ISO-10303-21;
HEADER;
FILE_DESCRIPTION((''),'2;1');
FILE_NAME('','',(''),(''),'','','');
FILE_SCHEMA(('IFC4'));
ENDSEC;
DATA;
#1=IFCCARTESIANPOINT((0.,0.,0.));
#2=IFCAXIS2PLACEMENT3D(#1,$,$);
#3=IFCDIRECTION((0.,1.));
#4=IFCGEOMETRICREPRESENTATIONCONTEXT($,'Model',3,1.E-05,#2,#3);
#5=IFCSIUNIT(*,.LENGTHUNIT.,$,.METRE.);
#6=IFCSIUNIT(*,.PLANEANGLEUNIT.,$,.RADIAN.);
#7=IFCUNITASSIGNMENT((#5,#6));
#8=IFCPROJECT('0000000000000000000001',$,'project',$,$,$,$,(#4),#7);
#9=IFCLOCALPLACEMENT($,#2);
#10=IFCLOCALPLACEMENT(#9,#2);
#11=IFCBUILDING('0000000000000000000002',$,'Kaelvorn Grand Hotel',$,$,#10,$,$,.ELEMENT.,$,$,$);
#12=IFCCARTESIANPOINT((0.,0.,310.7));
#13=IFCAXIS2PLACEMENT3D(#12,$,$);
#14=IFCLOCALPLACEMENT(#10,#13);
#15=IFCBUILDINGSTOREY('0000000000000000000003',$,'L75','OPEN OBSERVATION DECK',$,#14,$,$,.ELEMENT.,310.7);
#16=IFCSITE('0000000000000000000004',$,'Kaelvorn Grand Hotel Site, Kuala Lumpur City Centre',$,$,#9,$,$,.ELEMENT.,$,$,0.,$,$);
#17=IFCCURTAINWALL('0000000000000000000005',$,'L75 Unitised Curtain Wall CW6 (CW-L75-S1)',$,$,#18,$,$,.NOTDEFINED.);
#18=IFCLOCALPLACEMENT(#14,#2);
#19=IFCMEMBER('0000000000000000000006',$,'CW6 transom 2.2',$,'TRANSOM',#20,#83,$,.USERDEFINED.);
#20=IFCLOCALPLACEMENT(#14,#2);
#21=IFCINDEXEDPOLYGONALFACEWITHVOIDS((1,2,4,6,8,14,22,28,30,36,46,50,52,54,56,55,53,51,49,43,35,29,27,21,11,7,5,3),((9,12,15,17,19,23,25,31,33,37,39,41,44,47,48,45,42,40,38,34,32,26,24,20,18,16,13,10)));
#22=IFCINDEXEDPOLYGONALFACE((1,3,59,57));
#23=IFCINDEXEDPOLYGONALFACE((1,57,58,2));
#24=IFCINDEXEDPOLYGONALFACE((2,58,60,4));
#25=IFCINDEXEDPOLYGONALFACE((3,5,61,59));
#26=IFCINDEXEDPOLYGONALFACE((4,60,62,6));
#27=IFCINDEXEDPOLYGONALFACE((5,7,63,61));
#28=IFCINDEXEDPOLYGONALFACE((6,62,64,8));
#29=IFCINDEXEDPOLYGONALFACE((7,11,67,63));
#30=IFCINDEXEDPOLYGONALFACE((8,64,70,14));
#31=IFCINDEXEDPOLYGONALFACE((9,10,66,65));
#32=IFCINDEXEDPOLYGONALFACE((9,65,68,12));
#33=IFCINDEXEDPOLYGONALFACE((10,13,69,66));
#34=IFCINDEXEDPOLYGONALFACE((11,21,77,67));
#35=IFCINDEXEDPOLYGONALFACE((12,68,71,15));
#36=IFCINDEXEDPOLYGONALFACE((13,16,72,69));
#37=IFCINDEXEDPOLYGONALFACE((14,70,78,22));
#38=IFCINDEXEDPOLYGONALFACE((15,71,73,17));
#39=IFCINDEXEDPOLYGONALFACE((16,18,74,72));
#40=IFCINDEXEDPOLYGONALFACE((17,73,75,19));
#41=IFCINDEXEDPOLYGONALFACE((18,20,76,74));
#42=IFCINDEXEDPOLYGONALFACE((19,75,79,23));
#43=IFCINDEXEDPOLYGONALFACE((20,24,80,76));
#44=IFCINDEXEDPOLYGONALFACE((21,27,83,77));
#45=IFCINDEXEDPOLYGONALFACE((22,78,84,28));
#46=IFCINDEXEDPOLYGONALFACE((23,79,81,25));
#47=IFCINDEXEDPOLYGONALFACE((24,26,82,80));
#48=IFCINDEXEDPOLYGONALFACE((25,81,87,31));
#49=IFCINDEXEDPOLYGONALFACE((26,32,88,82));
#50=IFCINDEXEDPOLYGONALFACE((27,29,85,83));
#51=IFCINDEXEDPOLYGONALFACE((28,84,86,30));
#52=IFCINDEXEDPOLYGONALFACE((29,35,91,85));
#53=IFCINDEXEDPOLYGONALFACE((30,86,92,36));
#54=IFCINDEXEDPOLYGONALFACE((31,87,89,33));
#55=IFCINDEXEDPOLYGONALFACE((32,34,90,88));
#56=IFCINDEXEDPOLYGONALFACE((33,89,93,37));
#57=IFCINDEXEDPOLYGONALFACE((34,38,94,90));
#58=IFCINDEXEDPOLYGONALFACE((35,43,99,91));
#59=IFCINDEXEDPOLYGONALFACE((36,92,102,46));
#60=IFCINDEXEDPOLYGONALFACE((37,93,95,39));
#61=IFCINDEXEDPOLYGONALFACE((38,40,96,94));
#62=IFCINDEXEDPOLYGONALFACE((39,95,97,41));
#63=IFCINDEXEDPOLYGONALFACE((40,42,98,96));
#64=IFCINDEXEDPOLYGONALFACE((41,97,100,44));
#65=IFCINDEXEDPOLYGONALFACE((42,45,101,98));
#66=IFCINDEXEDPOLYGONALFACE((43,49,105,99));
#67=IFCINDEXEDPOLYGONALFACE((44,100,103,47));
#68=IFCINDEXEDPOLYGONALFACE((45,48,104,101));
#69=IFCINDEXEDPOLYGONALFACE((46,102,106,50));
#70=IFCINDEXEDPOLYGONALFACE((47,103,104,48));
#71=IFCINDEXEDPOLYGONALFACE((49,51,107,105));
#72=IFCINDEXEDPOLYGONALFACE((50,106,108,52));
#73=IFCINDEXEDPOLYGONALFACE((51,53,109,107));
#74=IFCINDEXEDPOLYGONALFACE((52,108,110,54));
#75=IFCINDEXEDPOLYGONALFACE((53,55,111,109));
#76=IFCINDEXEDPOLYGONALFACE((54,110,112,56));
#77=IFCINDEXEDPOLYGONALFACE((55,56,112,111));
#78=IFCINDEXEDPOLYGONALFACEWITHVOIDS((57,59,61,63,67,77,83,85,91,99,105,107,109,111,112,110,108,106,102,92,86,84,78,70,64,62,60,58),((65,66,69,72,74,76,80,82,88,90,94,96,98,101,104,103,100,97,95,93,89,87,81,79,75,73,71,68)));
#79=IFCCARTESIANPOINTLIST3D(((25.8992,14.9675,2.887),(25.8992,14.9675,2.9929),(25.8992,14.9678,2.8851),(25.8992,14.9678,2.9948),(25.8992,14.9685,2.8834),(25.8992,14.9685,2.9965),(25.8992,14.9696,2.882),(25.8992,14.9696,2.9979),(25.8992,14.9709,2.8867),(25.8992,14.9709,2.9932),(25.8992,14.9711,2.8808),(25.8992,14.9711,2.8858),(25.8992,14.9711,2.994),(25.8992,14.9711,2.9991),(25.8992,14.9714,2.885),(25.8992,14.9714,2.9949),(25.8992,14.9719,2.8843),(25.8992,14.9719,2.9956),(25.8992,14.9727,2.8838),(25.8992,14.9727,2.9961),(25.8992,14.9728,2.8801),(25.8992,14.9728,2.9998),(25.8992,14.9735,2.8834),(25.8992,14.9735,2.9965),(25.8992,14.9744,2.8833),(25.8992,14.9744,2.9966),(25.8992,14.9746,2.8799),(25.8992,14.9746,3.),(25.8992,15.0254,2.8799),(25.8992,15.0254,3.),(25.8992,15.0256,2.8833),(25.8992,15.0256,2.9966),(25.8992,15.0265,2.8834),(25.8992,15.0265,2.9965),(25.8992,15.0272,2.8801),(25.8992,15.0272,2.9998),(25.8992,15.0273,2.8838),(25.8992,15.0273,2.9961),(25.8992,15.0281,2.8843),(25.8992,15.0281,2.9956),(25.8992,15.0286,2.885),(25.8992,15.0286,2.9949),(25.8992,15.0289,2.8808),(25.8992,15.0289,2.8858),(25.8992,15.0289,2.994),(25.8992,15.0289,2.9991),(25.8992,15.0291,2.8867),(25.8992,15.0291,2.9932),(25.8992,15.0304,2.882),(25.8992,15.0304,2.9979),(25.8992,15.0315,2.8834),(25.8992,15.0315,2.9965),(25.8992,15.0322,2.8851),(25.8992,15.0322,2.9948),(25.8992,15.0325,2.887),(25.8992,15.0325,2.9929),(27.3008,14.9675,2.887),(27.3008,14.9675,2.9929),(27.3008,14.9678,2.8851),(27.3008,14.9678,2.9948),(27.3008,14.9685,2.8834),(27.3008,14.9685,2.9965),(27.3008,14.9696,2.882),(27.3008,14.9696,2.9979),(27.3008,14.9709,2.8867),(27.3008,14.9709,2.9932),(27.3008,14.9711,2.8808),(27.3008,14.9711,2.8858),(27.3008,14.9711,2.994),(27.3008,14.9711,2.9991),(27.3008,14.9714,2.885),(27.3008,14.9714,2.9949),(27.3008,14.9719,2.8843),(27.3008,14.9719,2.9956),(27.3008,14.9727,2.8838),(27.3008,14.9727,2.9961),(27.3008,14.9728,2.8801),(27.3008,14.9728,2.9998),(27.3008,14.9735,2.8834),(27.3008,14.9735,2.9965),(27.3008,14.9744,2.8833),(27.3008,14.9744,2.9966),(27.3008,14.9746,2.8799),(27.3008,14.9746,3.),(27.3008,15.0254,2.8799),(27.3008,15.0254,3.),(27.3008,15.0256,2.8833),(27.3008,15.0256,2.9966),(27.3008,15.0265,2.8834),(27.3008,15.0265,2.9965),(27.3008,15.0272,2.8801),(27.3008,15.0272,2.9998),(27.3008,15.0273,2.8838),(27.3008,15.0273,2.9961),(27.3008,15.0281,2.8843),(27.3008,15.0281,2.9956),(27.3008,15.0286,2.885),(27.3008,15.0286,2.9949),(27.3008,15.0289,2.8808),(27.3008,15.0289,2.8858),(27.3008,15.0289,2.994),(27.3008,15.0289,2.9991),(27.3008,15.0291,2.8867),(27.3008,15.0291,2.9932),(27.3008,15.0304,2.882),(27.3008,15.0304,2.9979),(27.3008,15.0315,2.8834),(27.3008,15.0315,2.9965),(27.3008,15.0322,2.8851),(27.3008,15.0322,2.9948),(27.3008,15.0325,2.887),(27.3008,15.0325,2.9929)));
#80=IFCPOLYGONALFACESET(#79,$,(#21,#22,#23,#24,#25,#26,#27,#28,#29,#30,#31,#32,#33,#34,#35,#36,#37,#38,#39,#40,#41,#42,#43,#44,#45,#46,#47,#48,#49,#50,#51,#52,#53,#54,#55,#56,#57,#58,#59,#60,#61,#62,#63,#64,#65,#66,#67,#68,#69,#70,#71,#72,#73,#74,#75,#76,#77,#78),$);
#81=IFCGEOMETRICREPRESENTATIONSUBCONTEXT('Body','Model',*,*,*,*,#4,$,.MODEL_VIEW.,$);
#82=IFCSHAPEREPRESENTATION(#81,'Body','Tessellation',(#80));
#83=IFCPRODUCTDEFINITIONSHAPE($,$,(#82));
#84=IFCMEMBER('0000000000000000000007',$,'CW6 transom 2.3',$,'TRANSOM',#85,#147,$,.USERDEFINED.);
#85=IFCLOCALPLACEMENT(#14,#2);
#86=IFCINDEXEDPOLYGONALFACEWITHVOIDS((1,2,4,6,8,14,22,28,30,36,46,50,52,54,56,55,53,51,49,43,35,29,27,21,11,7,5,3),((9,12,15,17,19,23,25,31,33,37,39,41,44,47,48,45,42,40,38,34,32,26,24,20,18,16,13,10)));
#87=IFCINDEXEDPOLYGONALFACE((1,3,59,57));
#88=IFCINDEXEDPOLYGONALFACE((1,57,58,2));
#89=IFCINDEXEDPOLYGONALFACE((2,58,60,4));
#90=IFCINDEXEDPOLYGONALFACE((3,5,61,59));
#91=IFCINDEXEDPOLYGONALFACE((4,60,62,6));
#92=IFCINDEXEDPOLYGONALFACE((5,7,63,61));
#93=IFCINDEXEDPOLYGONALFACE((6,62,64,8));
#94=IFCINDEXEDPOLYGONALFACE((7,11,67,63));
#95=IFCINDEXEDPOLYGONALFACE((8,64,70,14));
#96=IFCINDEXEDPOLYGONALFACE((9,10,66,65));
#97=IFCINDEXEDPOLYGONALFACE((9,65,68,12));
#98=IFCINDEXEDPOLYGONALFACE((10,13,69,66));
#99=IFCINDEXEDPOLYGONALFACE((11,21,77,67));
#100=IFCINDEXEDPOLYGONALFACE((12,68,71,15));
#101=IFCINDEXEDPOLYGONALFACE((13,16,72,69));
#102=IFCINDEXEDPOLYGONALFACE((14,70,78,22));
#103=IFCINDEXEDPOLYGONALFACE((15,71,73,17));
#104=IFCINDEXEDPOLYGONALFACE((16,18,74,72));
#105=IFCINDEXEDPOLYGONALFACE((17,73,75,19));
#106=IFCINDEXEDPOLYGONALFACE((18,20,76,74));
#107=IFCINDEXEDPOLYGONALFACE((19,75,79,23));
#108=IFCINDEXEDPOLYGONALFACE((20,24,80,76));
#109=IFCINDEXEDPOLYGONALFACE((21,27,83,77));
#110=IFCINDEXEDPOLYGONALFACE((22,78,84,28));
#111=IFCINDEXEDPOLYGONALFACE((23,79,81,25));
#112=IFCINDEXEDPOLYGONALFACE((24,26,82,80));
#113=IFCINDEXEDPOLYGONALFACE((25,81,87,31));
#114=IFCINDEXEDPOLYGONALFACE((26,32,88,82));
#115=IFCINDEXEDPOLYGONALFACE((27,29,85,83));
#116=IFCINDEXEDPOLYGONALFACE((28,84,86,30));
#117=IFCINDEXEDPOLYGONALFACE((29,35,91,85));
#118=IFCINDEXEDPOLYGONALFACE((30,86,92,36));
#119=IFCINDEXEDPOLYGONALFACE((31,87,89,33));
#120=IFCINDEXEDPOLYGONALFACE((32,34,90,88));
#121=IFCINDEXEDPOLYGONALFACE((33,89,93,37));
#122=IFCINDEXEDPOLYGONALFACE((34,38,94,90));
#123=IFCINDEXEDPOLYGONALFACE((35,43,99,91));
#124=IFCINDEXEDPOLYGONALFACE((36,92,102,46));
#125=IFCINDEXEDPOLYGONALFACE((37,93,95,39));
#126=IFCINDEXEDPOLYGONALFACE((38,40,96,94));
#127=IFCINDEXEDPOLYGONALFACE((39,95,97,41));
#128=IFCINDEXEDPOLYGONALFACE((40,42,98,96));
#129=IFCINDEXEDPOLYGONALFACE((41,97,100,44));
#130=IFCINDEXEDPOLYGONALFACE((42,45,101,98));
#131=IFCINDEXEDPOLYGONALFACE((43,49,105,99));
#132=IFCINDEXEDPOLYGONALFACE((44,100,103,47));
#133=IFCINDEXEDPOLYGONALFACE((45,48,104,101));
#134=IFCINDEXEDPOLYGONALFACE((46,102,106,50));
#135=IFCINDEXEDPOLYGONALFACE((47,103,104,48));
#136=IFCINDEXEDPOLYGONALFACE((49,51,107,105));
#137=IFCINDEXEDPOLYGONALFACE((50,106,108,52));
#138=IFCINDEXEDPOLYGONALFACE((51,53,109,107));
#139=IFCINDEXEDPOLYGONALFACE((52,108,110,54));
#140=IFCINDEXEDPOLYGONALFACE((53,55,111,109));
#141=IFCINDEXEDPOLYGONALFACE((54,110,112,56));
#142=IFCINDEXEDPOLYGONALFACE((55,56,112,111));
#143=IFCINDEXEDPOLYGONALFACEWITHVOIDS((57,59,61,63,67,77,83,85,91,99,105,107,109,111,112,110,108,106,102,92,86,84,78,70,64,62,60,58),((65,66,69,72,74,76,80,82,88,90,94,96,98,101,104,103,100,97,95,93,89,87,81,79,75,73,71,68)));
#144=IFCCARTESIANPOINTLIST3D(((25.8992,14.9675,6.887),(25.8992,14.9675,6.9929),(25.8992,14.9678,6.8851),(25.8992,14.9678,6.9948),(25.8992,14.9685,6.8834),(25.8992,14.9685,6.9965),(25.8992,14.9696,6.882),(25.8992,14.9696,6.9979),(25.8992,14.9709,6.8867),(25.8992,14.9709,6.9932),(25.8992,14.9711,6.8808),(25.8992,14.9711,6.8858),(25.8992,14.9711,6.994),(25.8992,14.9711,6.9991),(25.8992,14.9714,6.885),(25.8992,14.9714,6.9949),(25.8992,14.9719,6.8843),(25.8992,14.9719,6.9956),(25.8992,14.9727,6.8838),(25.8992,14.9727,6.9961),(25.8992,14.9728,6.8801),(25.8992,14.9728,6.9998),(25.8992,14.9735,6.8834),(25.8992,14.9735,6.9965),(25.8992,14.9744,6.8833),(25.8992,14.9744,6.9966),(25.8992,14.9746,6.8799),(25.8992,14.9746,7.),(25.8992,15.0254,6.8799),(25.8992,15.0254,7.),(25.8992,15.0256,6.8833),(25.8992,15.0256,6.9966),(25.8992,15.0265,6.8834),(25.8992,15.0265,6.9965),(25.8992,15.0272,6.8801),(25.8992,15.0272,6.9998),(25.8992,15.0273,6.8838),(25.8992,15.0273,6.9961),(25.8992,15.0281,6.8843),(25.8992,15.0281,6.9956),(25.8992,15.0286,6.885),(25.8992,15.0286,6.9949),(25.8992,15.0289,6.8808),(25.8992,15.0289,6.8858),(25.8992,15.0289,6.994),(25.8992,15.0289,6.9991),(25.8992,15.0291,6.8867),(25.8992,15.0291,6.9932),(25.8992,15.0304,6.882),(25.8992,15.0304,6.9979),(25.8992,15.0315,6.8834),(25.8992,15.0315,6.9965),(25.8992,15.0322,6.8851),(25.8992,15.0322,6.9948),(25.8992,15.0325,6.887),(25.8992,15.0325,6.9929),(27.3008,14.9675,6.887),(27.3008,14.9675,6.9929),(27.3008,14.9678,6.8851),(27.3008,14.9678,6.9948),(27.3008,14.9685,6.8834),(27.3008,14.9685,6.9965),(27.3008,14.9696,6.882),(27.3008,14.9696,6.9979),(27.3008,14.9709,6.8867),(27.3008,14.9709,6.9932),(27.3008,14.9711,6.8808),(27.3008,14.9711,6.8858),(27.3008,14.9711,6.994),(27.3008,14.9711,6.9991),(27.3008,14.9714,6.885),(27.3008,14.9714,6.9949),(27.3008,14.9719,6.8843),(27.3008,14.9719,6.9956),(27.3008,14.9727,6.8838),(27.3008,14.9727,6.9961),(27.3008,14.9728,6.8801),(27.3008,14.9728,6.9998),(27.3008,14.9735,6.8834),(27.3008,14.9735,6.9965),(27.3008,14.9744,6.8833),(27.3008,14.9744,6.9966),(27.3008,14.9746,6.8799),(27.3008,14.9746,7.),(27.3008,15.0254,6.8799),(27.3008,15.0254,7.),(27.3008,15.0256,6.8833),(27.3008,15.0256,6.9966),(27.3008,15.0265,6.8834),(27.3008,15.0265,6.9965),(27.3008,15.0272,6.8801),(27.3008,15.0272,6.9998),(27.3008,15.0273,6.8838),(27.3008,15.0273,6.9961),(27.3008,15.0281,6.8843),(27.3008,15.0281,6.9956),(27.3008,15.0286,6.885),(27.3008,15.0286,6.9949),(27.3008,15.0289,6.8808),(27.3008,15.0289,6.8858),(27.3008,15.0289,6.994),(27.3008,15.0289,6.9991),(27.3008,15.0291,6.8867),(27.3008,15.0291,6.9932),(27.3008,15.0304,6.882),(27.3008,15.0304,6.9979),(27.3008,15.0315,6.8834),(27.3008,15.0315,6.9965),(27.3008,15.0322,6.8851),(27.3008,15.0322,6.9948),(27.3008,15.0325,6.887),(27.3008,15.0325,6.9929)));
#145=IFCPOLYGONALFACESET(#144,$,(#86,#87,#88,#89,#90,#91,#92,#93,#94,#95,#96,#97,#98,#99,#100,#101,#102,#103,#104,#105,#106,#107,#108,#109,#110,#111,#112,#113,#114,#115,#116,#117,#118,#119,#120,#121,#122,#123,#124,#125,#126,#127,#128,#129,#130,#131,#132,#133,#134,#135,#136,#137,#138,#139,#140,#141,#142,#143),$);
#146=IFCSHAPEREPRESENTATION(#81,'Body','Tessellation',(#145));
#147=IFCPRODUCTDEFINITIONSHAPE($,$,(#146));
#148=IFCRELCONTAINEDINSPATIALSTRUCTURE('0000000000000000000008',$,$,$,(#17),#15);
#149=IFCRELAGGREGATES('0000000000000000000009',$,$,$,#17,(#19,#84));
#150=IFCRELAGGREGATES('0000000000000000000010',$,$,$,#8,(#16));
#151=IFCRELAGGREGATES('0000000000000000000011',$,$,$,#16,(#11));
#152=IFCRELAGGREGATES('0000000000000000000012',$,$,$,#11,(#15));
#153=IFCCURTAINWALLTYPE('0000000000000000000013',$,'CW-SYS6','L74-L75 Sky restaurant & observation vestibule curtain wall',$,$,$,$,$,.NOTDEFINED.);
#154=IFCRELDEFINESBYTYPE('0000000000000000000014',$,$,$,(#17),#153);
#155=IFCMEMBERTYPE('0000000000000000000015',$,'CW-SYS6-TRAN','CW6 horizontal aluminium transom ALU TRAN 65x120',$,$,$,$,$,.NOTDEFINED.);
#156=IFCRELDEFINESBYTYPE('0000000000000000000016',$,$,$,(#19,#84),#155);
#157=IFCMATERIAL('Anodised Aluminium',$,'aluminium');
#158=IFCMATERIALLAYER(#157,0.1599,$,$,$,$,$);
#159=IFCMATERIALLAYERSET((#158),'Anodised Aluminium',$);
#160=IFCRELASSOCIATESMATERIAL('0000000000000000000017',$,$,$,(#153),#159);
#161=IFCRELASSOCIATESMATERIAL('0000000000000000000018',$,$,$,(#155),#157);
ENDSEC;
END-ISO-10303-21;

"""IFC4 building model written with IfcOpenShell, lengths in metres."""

from ifc_helpers import new_model, si_unit, direction, frame, origin, origin_2d, place, context, subcontext, project, spatial, hollow_rectangle, extrude, material, layer, layer_set, material_profile, profile_set, type_object, element, aggregate, save


model = new_model("IFC4")

# Units and contexts
model_context = context("Model", 3, precision=1e-05, world=origin(), true_north=direction((0.0, 1.0)))
body_context = subcontext(model_context, "Body", "Model", "MODEL_VIEW")
ifc_project = project(units=[si_unit("LENGTHUNIT", "METRE"), si_unit("PLANEANGLEUNIT", "RADIAN")], contexts=[model_context])

# Site, building, storey
site_placement = place(None, origin())
site = spatial("IfcSite", under=ifc_project, at=site_placement, Name="Kaelvorn Grand Hotel Site, Kuala Lumpur City Centre", CompositionType="ELEMENT", RefElevation=0.0)
building_placement = place(site_placement, origin())
building = spatial("IfcBuilding", under=site, at=building_placement, Name="Kaelvorn Grand Hotel", CompositionType="ELEMENT")
storey_placement = place(building_placement, frame((0.0, 0.0, 310.7)))
storey = spatial("IfcBuildingStorey", under=building, at=storey_placement, Name="L75", Description="OPEN OBSERVATION DECK", CompositionType="ELEMENT", Elevation=310.7)

# Curtain wall
ifc_material_1 = material(Name="Anodised Aluminium", Category="aluminium")
ifc_layer_1 = layer(ifc_material_1, 0.1599)
ifc_layer_set_1 = layer_set([ifc_layer_1], Name="Anodised Aluminium")
curtain_wall_type = type_object("IfcCurtainWallType", Name="CW-SYS6", Description="L74-L75 Sky restaurant & observation vestibule curtain wall", PredefinedType="NOTDEFINED", material=ifc_layer_set_1)
curtain_wall_1_placement = place(storey_placement, origin())
curtain_wall_1 = element("IfcCurtainWall", 1, at=curtain_wall_1_placement, inside=storey, type_object=curtain_wall_type, Name="L75 Unitised Curtain Wall CW6 (CW-L75-S1)", PredefinedType="NOTDEFINED")

# Members
ifc_material_profile_1 = material_profile(ifc_material_1, hollow_rectangle(XDim=0.0649, YDim=0.1201, WallThickness=0.0034, InnerFilletRadius=0.0034, OuterFilletRadius=0.0071, at=origin_2d()), Name="ALU TRAN 65x120")
ifc_profile_set_1 = profile_set([ifc_material_profile_1], Name="Anodised Aluminium")
member_type_1 = type_object("IfcMemberType", Name="CW-SYS6-TRAN", Description="CW6 horizontal aluminium transom ALU TRAN 65x120", PredefinedType="NOTDEFINED", material=ifc_profile_set_1)
member_1_placement = place(storey_placement, frame((25.8992, 15.0, 2.9399), z_axis=(1.0, 0.0, 0.0), x_axis=(0.0, 1.0, 0.0)))
member_1 = element("IfcMember", 2, at=member_1_placement, type_object=member_type_1, Name="CW6 transom 2.2", ObjectType="TRANSOM", PredefinedType="USERDEFINED", context=body_context, shape_type="SweptSolid", body=[
    extrude(hollow_rectangle(XDim=0.0649, YDim=0.1201, WallThickness=0.0034, InnerFilletRadius=0.0034, OuterFilletRadius=0.0071, at=origin_2d()), origin(), (0.0, 0.0, 1.0), 1.4016),
])
member_2_placement = place(storey_placement, frame((25.8992, 15.0, 6.9399), z_axis=(1.0, 0.0, 0.0), x_axis=(0.0, 1.0, 0.0)))
member_2 = element("IfcMember", 3, at=member_2_placement, type_object=member_type_1, Name="CW6 transom 2.3", ObjectType="TRANSOM", PredefinedType="USERDEFINED", context=body_context, shape_type="SweptSolid", body=[
    extrude(hollow_rectangle(XDim=0.0649, YDim=0.1201, WallThickness=0.0034, InnerFilletRadius=0.0034, OuterFilletRadius=0.0071, at=origin_2d()), origin(), (0.0, 0.0, 1.0), 1.4016),
])

aggregate(curtain_wall_1, [member_1, member_2])

save(model, "model.ifc")
